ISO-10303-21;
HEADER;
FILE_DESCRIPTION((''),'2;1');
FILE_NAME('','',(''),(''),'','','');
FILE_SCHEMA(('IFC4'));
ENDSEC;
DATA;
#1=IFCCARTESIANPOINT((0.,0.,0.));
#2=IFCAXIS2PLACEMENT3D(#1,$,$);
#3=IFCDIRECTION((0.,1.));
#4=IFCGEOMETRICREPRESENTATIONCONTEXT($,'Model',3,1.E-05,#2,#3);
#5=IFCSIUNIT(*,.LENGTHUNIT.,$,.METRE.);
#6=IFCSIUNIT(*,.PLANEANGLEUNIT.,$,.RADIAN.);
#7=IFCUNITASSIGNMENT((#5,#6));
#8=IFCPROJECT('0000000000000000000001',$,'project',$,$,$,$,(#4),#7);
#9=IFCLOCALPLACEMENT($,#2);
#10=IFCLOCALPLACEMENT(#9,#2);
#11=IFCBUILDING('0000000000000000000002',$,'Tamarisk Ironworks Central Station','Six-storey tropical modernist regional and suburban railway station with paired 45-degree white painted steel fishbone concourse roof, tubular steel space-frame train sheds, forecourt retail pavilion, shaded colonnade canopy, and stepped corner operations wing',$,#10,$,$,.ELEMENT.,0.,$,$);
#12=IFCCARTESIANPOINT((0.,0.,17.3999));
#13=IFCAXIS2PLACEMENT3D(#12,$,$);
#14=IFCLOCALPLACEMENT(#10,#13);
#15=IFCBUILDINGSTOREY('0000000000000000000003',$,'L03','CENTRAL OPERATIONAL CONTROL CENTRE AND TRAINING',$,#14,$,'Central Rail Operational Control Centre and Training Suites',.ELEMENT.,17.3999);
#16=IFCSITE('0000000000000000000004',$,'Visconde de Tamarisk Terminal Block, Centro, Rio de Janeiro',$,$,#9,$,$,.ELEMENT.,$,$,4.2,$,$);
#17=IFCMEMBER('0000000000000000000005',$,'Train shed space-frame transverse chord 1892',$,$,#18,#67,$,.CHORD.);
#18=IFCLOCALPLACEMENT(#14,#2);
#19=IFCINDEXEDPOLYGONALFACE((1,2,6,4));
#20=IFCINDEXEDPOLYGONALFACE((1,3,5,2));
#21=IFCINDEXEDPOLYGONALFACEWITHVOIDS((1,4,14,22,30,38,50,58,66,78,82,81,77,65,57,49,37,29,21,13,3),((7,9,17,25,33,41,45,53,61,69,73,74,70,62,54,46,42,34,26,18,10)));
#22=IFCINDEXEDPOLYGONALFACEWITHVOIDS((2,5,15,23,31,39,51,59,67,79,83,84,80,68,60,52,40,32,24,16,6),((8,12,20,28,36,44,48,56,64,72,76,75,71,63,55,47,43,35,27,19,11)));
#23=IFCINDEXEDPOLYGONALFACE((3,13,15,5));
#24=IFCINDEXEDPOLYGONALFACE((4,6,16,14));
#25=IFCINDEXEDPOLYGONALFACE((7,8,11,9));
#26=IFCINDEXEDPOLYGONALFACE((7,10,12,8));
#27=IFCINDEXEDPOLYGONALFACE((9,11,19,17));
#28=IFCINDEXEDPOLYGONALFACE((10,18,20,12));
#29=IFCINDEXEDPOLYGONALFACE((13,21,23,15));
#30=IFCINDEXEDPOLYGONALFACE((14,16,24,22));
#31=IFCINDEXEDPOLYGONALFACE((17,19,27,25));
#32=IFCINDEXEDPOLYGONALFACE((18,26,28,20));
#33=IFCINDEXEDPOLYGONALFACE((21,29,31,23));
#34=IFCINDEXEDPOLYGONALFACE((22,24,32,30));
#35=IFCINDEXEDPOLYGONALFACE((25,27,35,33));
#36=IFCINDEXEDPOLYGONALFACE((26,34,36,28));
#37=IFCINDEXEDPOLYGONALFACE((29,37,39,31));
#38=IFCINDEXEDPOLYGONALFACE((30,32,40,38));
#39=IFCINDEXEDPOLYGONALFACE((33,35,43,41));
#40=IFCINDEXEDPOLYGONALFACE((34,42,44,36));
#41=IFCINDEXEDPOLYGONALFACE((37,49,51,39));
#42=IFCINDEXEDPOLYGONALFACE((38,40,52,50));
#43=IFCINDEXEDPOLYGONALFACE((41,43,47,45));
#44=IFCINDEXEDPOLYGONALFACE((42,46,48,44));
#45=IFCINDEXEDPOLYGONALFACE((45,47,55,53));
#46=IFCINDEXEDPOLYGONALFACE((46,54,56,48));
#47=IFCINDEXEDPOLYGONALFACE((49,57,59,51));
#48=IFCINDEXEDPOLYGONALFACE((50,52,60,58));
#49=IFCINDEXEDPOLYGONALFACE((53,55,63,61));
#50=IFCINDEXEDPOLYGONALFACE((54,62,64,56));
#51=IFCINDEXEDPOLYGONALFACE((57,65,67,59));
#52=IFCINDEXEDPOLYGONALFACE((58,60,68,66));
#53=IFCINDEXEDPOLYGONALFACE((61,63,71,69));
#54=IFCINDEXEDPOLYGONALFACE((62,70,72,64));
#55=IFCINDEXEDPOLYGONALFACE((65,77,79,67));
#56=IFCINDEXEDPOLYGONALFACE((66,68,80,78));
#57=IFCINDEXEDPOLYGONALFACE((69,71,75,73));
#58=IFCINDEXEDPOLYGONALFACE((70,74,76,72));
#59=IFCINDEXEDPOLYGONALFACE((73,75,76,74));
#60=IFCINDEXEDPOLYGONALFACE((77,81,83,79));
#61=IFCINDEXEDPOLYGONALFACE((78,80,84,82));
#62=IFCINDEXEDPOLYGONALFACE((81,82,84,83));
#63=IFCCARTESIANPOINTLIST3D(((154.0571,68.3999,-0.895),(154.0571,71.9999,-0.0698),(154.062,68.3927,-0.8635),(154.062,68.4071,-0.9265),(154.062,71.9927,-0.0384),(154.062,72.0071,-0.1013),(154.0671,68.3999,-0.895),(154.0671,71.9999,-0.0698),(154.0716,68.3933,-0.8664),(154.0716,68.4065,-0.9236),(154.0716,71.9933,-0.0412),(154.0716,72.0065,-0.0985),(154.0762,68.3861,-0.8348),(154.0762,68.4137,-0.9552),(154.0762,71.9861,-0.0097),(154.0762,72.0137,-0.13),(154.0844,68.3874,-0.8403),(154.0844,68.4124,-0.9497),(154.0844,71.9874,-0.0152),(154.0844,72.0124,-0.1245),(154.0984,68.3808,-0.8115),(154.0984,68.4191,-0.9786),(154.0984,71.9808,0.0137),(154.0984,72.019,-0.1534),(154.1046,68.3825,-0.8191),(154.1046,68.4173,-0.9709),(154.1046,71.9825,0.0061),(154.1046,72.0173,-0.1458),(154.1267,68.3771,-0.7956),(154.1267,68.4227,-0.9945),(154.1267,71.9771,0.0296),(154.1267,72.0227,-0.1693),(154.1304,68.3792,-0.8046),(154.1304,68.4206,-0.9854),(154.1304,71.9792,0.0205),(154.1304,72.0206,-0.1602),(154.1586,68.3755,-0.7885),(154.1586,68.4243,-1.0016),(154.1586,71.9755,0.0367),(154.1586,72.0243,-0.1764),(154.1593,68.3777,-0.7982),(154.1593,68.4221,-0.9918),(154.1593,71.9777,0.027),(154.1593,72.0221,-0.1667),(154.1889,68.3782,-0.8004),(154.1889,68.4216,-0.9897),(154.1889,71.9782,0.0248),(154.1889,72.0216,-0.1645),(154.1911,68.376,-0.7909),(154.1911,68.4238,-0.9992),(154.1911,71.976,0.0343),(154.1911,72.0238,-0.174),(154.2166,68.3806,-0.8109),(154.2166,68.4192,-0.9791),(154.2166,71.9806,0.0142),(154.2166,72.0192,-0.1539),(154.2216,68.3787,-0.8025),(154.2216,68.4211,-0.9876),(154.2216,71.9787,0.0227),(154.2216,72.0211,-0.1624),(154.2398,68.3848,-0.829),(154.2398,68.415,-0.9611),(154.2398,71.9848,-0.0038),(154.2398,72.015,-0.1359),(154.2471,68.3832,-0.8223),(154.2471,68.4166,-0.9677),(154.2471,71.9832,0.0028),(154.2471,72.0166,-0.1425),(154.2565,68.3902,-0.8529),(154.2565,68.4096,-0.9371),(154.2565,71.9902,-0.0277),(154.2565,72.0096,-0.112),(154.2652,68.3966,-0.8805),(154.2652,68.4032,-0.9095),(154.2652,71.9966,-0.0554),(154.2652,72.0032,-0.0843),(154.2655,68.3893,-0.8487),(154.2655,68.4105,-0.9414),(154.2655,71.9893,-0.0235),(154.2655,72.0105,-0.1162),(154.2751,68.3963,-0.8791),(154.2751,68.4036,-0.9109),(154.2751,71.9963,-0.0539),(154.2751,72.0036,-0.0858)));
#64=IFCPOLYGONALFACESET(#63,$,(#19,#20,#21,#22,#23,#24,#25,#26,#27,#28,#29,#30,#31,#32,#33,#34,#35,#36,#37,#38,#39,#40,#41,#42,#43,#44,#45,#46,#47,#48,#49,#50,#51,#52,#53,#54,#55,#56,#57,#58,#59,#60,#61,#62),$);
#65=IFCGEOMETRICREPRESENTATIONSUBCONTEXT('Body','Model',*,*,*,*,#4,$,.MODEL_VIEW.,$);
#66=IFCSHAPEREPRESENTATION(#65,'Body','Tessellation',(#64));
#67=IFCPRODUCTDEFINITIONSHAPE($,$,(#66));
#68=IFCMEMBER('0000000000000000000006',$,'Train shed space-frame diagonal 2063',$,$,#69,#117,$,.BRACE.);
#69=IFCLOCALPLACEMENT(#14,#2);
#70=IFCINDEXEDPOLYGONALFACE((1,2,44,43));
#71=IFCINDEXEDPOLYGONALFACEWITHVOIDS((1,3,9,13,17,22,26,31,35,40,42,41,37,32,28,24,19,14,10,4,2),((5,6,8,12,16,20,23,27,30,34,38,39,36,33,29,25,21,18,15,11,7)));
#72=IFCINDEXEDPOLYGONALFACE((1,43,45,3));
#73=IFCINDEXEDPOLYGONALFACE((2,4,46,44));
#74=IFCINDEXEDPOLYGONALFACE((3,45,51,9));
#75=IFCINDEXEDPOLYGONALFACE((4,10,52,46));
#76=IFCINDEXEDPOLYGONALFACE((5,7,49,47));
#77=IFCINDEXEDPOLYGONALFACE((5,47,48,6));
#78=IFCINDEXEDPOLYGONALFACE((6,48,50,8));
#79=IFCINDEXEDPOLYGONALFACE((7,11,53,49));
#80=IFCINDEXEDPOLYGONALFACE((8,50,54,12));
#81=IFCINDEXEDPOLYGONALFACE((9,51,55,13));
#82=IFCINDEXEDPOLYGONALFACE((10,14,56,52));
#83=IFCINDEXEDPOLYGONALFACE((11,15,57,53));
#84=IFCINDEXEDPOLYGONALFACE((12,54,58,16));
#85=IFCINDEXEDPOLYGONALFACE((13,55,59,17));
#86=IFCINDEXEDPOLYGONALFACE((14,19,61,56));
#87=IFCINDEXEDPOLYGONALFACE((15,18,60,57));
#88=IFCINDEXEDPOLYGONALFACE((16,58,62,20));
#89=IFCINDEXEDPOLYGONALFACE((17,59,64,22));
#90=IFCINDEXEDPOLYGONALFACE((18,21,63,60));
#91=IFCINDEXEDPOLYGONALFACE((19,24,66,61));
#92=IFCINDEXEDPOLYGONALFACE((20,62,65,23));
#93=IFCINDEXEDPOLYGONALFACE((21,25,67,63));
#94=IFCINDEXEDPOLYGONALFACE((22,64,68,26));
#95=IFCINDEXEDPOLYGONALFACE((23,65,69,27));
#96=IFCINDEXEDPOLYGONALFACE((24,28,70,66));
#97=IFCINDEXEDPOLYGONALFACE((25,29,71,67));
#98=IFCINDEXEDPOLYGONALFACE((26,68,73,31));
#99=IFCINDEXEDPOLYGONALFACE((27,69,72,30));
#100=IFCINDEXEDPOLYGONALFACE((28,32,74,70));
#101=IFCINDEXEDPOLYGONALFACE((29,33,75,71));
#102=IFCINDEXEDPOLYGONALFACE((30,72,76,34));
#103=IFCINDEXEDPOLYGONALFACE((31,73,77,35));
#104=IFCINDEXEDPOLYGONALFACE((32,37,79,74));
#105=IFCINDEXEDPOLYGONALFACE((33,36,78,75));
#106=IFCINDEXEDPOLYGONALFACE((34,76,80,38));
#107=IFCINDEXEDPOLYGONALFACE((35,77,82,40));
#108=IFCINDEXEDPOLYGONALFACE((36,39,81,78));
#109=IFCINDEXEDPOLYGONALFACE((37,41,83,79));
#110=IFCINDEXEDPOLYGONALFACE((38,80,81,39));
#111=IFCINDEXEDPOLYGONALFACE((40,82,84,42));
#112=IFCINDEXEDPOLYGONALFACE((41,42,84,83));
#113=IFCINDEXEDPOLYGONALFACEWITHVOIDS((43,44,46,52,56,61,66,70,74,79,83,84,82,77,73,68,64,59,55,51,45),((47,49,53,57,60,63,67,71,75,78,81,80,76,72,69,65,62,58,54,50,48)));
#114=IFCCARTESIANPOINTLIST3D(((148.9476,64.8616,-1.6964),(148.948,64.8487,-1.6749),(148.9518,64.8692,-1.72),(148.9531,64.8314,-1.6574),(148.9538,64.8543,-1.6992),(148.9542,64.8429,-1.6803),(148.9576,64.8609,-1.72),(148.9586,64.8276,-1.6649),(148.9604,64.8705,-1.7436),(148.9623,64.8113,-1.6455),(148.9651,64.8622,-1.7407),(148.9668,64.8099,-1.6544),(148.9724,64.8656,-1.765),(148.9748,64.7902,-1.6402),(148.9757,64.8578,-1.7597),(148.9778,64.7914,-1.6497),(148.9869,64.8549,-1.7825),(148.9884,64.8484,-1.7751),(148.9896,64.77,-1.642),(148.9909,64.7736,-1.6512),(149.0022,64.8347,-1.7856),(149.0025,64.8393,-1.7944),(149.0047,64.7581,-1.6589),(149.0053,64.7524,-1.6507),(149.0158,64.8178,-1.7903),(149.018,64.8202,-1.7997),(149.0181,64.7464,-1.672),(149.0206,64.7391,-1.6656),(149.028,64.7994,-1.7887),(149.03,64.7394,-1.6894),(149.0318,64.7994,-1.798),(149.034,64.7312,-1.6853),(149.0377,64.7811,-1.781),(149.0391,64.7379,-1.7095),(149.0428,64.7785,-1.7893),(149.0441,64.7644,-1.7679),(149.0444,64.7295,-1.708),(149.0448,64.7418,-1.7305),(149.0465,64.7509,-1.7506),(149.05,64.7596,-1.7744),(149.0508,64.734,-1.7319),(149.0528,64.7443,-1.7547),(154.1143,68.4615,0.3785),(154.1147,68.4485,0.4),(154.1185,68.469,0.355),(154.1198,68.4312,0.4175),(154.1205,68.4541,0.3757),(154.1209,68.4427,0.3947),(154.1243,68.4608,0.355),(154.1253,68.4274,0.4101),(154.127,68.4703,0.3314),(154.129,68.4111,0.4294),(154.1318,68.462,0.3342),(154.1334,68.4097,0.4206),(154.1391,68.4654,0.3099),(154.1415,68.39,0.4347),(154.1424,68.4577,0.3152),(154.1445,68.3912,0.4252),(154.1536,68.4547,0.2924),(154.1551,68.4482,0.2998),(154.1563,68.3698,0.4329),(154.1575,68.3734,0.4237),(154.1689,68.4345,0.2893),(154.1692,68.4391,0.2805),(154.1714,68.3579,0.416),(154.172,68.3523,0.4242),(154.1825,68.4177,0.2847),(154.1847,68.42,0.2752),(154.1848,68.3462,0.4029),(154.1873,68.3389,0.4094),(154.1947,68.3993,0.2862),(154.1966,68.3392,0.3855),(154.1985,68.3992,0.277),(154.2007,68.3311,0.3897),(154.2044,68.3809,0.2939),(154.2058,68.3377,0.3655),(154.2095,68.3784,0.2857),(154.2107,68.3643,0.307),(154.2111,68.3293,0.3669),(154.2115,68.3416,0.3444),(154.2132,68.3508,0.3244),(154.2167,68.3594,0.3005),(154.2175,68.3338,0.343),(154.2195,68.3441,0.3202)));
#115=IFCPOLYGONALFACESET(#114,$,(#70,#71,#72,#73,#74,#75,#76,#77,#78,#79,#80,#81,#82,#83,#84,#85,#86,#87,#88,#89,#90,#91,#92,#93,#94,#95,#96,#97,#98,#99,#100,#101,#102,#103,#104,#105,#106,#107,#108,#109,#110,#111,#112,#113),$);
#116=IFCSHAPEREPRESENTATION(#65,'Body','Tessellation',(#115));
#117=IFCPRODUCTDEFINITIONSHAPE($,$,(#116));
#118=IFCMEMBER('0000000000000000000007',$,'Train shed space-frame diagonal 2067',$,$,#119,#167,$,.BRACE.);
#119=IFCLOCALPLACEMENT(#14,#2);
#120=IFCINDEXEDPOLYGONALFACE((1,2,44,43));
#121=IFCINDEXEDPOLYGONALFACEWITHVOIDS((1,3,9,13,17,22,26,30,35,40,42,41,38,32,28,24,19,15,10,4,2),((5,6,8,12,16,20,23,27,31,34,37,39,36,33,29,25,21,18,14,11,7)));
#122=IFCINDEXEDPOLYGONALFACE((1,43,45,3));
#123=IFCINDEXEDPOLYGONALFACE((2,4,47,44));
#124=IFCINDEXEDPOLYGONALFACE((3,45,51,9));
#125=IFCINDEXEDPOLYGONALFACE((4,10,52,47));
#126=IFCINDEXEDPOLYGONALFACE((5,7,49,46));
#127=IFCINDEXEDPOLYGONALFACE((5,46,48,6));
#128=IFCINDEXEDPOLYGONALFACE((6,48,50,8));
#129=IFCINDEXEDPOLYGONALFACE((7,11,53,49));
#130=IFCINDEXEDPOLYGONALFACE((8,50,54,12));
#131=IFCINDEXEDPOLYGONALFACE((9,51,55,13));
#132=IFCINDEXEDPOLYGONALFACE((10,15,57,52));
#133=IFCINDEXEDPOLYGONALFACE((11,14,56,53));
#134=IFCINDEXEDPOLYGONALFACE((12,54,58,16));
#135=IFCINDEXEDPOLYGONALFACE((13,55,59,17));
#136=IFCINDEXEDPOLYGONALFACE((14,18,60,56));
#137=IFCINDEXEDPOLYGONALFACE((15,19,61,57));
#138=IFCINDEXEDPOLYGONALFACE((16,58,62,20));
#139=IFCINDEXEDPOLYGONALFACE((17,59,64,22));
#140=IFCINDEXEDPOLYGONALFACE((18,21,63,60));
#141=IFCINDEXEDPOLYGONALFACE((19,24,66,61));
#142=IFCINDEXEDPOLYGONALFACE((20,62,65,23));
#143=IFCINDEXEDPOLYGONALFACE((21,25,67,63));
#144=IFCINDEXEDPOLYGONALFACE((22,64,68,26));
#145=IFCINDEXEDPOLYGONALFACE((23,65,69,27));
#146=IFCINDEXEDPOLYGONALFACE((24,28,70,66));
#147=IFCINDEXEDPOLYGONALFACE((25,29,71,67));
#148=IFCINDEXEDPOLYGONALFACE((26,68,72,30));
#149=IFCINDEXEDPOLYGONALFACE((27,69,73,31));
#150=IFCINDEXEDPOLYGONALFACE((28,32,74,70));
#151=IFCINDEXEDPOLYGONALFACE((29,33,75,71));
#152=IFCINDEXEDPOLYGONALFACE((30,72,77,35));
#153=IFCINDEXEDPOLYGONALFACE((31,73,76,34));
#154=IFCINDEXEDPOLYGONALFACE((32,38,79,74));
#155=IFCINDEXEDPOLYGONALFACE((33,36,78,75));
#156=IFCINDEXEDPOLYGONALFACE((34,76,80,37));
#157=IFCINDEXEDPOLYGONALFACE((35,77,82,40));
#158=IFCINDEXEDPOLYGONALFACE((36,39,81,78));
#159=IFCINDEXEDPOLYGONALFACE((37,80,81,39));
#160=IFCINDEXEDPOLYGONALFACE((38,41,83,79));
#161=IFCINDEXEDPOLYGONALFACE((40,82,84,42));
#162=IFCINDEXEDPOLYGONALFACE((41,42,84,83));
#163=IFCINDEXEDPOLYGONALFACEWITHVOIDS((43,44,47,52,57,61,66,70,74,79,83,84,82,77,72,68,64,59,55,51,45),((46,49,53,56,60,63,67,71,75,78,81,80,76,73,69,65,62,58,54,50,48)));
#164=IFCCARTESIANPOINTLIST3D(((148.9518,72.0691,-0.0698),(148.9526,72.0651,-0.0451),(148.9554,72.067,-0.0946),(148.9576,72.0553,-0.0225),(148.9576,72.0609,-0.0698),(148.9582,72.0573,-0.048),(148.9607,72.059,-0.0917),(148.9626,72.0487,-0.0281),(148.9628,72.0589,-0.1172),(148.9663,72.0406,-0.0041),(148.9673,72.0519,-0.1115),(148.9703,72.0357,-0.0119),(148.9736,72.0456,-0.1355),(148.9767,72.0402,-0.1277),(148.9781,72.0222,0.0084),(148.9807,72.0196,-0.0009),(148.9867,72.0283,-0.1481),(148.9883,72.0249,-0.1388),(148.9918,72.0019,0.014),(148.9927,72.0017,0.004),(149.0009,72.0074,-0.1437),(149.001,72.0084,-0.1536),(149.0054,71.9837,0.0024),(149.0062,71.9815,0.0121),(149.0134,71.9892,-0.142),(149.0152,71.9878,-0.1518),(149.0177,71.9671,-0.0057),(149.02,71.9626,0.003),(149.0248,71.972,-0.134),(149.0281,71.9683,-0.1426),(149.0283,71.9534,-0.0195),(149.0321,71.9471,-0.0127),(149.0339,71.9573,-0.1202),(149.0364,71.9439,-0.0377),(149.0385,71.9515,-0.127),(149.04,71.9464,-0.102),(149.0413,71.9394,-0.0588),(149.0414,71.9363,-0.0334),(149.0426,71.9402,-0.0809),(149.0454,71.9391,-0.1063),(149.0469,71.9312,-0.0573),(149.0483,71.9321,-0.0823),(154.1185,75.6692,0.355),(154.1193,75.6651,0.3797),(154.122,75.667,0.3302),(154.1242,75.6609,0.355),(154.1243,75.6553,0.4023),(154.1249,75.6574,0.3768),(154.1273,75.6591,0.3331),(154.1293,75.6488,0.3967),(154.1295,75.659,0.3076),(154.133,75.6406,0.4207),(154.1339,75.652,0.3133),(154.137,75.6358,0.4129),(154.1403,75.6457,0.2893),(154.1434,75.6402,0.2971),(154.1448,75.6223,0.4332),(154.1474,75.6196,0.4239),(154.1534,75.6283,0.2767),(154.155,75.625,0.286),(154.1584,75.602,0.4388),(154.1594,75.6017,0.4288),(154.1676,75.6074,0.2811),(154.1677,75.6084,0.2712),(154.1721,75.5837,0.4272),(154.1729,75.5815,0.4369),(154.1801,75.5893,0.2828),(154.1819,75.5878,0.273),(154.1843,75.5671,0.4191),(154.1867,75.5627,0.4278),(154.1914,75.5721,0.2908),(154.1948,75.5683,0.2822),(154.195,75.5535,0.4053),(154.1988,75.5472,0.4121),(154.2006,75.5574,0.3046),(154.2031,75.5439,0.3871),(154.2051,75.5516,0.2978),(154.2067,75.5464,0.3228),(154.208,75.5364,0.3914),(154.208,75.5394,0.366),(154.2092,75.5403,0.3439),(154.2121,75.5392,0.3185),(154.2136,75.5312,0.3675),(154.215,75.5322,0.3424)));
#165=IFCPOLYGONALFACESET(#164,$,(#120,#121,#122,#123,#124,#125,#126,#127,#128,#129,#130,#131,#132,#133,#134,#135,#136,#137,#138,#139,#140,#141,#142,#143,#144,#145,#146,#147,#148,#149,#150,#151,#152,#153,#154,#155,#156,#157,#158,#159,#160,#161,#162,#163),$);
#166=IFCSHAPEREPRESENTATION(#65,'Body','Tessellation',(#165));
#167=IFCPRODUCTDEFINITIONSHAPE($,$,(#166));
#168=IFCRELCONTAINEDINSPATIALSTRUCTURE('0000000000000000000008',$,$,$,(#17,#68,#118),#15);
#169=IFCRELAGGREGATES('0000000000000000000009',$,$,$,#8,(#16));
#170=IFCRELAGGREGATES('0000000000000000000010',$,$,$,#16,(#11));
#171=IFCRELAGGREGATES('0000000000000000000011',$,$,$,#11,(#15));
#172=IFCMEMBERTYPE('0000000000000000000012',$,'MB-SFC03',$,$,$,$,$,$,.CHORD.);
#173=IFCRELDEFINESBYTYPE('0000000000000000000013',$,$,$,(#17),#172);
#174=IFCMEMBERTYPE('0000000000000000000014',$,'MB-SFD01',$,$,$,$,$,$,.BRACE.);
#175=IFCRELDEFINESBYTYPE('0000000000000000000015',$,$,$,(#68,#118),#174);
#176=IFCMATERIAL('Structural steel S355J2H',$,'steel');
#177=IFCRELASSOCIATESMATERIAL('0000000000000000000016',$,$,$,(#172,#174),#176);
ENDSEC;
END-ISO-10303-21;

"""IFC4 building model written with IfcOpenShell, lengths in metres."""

from ifc_helpers import new_model, si_unit, direction, frame, origin, origin_2d, place, context, subcontext, project, spatial, hollow_circle, extrude, material, material_profile, profile_set, type_object, element, save


model = new_model("IFC4")

# Units and contexts
model_context = context("Model", 3, precision=1e-05, world=origin(), true_north=direction((0.0, 1.0)))
body_context = subcontext(model_context, "Body", "Model", "MODEL_VIEW")
ifc_project = project(units=[si_unit("LENGTHUNIT", "METRE"), si_unit("PLANEANGLEUNIT", "RADIAN")], contexts=[model_context])

# Site, building, storey
site_placement = place(None, origin())
site = spatial("IfcSite", under=ifc_project, at=site_placement, Name="Visconde de Tamarisk Terminal Block, Centro, Rio de Janeiro", CompositionType="ELEMENT", RefElevation=4.2)
building_placement = place(site_placement, origin())
building = spatial("IfcBuilding", under=site, at=building_placement, Name="Tamarisk Ironworks Central Station", Description="Six-storey tropical modernist regional and suburban railway station with paired 45-degree white painted steel fishbone concourse roof, tubular steel space-frame train sheds, forecourt retail pavilion, shaded colonnade canopy, and stepped corner operations wing", CompositionType="ELEMENT", ElevationOfRefHeight=0.0)
storey_placement = place(building_placement, frame((0.0, 0.0, 17.3999)))
storey = spatial("IfcBuildingStorey", under=building, at=storey_placement, Name="L03", Description="CENTRAL OPERATIONAL CONTROL CENTRE AND TRAINING", LongName="Central Rail Operational Control Centre and Training Suites", CompositionType="ELEMENT", Elevation=17.3999)

# Members
ifc_material_1 = material(Name="Structural steel S355J2H", Category="steel")
ifc_material_profile_1 = material_profile(ifc_material_1, hollow_circle(Radius=0.1096, WallThickness=0.01, at=origin_2d()), Name="CHS 219.1x10")
ifc_profile_set_1 = profile_set([ifc_material_profile_1], Name="Structural steel S355J2H")
member_type_1 = type_object("IfcMemberType", Name="MB-SFC03", PredefinedType="CHORD", material=ifc_profile_set_1)
member_1_placement = place(storey_placement, frame((154.1667, 68.3999, -0.895), z_axis=(0.0, 0.974722, 0.223421), x_axis=(-1.0, 0.0, 0.0)))
element("IfcMember", 1, at=member_1_placement, inside=storey, type_object=member_type_1, Name="Train shed space-frame transverse chord 1892", PredefinedType="CHORD", context=body_context, shape_type="SweptSolid", body=[
    extrude(hollow_circle(Radius=0.1096, WallThickness=0.01, at=origin_2d()), origin(), (0.0, 0.0, 1.0), 3.6934),
])
ifc_material_profile_2 = material_profile(ifc_material_1, hollow_circle(Radius=0.0842, WallThickness=0.01, at=origin_2d()), Name="CHS 168.3x10")
ifc_profile_set_2 = profile_set([ifc_material_profile_2], Name="Structural steel S355J2H")
member_type_2 = type_object("IfcMemberType", Name="MB-SFD01", PredefinedType="BRACE", material=ifc_profile_set_2)
member_2_placement = place(storey_placement, frame((149.0, 64.8, -1.72), z_axis=(0.779274, 0.542947, 0.312954), x_axis=(-0.571663, 0.820489, 0.0)))
element("IfcMember", 2, at=member_2_placement, inside=storey, type_object=member_type_2, Name="Train shed space-frame diagonal 2063", PredefinedType="BRACE", context=body_context, shape_type="SweptSolid", body=[
    extrude(hollow_circle(Radius=0.0842, WallThickness=0.01, at=origin_2d()), origin(), (0.0, 0.0, 1.0), 6.6301),
])
member_3_placement = place(storey_placement, frame((149.0, 72.0, -0.0698), z_axis=(0.81861, 0.570393, 0.067305), x_axis=(-0.571689, 0.82047, 0.0)))
element("IfcMember", 3, at=member_3_placement, inside=storey, type_object=member_type_2, Name="Train shed space-frame diagonal 2067", PredefinedType="BRACE", context=body_context, shape_type="SweptSolid", body=[
    extrude(hollow_circle(Radius=0.0842, WallThickness=0.01, at=origin_2d()), origin(), (0.0, 0.0, 1.0), 6.3115),
])

save(model, "model.ifc")
